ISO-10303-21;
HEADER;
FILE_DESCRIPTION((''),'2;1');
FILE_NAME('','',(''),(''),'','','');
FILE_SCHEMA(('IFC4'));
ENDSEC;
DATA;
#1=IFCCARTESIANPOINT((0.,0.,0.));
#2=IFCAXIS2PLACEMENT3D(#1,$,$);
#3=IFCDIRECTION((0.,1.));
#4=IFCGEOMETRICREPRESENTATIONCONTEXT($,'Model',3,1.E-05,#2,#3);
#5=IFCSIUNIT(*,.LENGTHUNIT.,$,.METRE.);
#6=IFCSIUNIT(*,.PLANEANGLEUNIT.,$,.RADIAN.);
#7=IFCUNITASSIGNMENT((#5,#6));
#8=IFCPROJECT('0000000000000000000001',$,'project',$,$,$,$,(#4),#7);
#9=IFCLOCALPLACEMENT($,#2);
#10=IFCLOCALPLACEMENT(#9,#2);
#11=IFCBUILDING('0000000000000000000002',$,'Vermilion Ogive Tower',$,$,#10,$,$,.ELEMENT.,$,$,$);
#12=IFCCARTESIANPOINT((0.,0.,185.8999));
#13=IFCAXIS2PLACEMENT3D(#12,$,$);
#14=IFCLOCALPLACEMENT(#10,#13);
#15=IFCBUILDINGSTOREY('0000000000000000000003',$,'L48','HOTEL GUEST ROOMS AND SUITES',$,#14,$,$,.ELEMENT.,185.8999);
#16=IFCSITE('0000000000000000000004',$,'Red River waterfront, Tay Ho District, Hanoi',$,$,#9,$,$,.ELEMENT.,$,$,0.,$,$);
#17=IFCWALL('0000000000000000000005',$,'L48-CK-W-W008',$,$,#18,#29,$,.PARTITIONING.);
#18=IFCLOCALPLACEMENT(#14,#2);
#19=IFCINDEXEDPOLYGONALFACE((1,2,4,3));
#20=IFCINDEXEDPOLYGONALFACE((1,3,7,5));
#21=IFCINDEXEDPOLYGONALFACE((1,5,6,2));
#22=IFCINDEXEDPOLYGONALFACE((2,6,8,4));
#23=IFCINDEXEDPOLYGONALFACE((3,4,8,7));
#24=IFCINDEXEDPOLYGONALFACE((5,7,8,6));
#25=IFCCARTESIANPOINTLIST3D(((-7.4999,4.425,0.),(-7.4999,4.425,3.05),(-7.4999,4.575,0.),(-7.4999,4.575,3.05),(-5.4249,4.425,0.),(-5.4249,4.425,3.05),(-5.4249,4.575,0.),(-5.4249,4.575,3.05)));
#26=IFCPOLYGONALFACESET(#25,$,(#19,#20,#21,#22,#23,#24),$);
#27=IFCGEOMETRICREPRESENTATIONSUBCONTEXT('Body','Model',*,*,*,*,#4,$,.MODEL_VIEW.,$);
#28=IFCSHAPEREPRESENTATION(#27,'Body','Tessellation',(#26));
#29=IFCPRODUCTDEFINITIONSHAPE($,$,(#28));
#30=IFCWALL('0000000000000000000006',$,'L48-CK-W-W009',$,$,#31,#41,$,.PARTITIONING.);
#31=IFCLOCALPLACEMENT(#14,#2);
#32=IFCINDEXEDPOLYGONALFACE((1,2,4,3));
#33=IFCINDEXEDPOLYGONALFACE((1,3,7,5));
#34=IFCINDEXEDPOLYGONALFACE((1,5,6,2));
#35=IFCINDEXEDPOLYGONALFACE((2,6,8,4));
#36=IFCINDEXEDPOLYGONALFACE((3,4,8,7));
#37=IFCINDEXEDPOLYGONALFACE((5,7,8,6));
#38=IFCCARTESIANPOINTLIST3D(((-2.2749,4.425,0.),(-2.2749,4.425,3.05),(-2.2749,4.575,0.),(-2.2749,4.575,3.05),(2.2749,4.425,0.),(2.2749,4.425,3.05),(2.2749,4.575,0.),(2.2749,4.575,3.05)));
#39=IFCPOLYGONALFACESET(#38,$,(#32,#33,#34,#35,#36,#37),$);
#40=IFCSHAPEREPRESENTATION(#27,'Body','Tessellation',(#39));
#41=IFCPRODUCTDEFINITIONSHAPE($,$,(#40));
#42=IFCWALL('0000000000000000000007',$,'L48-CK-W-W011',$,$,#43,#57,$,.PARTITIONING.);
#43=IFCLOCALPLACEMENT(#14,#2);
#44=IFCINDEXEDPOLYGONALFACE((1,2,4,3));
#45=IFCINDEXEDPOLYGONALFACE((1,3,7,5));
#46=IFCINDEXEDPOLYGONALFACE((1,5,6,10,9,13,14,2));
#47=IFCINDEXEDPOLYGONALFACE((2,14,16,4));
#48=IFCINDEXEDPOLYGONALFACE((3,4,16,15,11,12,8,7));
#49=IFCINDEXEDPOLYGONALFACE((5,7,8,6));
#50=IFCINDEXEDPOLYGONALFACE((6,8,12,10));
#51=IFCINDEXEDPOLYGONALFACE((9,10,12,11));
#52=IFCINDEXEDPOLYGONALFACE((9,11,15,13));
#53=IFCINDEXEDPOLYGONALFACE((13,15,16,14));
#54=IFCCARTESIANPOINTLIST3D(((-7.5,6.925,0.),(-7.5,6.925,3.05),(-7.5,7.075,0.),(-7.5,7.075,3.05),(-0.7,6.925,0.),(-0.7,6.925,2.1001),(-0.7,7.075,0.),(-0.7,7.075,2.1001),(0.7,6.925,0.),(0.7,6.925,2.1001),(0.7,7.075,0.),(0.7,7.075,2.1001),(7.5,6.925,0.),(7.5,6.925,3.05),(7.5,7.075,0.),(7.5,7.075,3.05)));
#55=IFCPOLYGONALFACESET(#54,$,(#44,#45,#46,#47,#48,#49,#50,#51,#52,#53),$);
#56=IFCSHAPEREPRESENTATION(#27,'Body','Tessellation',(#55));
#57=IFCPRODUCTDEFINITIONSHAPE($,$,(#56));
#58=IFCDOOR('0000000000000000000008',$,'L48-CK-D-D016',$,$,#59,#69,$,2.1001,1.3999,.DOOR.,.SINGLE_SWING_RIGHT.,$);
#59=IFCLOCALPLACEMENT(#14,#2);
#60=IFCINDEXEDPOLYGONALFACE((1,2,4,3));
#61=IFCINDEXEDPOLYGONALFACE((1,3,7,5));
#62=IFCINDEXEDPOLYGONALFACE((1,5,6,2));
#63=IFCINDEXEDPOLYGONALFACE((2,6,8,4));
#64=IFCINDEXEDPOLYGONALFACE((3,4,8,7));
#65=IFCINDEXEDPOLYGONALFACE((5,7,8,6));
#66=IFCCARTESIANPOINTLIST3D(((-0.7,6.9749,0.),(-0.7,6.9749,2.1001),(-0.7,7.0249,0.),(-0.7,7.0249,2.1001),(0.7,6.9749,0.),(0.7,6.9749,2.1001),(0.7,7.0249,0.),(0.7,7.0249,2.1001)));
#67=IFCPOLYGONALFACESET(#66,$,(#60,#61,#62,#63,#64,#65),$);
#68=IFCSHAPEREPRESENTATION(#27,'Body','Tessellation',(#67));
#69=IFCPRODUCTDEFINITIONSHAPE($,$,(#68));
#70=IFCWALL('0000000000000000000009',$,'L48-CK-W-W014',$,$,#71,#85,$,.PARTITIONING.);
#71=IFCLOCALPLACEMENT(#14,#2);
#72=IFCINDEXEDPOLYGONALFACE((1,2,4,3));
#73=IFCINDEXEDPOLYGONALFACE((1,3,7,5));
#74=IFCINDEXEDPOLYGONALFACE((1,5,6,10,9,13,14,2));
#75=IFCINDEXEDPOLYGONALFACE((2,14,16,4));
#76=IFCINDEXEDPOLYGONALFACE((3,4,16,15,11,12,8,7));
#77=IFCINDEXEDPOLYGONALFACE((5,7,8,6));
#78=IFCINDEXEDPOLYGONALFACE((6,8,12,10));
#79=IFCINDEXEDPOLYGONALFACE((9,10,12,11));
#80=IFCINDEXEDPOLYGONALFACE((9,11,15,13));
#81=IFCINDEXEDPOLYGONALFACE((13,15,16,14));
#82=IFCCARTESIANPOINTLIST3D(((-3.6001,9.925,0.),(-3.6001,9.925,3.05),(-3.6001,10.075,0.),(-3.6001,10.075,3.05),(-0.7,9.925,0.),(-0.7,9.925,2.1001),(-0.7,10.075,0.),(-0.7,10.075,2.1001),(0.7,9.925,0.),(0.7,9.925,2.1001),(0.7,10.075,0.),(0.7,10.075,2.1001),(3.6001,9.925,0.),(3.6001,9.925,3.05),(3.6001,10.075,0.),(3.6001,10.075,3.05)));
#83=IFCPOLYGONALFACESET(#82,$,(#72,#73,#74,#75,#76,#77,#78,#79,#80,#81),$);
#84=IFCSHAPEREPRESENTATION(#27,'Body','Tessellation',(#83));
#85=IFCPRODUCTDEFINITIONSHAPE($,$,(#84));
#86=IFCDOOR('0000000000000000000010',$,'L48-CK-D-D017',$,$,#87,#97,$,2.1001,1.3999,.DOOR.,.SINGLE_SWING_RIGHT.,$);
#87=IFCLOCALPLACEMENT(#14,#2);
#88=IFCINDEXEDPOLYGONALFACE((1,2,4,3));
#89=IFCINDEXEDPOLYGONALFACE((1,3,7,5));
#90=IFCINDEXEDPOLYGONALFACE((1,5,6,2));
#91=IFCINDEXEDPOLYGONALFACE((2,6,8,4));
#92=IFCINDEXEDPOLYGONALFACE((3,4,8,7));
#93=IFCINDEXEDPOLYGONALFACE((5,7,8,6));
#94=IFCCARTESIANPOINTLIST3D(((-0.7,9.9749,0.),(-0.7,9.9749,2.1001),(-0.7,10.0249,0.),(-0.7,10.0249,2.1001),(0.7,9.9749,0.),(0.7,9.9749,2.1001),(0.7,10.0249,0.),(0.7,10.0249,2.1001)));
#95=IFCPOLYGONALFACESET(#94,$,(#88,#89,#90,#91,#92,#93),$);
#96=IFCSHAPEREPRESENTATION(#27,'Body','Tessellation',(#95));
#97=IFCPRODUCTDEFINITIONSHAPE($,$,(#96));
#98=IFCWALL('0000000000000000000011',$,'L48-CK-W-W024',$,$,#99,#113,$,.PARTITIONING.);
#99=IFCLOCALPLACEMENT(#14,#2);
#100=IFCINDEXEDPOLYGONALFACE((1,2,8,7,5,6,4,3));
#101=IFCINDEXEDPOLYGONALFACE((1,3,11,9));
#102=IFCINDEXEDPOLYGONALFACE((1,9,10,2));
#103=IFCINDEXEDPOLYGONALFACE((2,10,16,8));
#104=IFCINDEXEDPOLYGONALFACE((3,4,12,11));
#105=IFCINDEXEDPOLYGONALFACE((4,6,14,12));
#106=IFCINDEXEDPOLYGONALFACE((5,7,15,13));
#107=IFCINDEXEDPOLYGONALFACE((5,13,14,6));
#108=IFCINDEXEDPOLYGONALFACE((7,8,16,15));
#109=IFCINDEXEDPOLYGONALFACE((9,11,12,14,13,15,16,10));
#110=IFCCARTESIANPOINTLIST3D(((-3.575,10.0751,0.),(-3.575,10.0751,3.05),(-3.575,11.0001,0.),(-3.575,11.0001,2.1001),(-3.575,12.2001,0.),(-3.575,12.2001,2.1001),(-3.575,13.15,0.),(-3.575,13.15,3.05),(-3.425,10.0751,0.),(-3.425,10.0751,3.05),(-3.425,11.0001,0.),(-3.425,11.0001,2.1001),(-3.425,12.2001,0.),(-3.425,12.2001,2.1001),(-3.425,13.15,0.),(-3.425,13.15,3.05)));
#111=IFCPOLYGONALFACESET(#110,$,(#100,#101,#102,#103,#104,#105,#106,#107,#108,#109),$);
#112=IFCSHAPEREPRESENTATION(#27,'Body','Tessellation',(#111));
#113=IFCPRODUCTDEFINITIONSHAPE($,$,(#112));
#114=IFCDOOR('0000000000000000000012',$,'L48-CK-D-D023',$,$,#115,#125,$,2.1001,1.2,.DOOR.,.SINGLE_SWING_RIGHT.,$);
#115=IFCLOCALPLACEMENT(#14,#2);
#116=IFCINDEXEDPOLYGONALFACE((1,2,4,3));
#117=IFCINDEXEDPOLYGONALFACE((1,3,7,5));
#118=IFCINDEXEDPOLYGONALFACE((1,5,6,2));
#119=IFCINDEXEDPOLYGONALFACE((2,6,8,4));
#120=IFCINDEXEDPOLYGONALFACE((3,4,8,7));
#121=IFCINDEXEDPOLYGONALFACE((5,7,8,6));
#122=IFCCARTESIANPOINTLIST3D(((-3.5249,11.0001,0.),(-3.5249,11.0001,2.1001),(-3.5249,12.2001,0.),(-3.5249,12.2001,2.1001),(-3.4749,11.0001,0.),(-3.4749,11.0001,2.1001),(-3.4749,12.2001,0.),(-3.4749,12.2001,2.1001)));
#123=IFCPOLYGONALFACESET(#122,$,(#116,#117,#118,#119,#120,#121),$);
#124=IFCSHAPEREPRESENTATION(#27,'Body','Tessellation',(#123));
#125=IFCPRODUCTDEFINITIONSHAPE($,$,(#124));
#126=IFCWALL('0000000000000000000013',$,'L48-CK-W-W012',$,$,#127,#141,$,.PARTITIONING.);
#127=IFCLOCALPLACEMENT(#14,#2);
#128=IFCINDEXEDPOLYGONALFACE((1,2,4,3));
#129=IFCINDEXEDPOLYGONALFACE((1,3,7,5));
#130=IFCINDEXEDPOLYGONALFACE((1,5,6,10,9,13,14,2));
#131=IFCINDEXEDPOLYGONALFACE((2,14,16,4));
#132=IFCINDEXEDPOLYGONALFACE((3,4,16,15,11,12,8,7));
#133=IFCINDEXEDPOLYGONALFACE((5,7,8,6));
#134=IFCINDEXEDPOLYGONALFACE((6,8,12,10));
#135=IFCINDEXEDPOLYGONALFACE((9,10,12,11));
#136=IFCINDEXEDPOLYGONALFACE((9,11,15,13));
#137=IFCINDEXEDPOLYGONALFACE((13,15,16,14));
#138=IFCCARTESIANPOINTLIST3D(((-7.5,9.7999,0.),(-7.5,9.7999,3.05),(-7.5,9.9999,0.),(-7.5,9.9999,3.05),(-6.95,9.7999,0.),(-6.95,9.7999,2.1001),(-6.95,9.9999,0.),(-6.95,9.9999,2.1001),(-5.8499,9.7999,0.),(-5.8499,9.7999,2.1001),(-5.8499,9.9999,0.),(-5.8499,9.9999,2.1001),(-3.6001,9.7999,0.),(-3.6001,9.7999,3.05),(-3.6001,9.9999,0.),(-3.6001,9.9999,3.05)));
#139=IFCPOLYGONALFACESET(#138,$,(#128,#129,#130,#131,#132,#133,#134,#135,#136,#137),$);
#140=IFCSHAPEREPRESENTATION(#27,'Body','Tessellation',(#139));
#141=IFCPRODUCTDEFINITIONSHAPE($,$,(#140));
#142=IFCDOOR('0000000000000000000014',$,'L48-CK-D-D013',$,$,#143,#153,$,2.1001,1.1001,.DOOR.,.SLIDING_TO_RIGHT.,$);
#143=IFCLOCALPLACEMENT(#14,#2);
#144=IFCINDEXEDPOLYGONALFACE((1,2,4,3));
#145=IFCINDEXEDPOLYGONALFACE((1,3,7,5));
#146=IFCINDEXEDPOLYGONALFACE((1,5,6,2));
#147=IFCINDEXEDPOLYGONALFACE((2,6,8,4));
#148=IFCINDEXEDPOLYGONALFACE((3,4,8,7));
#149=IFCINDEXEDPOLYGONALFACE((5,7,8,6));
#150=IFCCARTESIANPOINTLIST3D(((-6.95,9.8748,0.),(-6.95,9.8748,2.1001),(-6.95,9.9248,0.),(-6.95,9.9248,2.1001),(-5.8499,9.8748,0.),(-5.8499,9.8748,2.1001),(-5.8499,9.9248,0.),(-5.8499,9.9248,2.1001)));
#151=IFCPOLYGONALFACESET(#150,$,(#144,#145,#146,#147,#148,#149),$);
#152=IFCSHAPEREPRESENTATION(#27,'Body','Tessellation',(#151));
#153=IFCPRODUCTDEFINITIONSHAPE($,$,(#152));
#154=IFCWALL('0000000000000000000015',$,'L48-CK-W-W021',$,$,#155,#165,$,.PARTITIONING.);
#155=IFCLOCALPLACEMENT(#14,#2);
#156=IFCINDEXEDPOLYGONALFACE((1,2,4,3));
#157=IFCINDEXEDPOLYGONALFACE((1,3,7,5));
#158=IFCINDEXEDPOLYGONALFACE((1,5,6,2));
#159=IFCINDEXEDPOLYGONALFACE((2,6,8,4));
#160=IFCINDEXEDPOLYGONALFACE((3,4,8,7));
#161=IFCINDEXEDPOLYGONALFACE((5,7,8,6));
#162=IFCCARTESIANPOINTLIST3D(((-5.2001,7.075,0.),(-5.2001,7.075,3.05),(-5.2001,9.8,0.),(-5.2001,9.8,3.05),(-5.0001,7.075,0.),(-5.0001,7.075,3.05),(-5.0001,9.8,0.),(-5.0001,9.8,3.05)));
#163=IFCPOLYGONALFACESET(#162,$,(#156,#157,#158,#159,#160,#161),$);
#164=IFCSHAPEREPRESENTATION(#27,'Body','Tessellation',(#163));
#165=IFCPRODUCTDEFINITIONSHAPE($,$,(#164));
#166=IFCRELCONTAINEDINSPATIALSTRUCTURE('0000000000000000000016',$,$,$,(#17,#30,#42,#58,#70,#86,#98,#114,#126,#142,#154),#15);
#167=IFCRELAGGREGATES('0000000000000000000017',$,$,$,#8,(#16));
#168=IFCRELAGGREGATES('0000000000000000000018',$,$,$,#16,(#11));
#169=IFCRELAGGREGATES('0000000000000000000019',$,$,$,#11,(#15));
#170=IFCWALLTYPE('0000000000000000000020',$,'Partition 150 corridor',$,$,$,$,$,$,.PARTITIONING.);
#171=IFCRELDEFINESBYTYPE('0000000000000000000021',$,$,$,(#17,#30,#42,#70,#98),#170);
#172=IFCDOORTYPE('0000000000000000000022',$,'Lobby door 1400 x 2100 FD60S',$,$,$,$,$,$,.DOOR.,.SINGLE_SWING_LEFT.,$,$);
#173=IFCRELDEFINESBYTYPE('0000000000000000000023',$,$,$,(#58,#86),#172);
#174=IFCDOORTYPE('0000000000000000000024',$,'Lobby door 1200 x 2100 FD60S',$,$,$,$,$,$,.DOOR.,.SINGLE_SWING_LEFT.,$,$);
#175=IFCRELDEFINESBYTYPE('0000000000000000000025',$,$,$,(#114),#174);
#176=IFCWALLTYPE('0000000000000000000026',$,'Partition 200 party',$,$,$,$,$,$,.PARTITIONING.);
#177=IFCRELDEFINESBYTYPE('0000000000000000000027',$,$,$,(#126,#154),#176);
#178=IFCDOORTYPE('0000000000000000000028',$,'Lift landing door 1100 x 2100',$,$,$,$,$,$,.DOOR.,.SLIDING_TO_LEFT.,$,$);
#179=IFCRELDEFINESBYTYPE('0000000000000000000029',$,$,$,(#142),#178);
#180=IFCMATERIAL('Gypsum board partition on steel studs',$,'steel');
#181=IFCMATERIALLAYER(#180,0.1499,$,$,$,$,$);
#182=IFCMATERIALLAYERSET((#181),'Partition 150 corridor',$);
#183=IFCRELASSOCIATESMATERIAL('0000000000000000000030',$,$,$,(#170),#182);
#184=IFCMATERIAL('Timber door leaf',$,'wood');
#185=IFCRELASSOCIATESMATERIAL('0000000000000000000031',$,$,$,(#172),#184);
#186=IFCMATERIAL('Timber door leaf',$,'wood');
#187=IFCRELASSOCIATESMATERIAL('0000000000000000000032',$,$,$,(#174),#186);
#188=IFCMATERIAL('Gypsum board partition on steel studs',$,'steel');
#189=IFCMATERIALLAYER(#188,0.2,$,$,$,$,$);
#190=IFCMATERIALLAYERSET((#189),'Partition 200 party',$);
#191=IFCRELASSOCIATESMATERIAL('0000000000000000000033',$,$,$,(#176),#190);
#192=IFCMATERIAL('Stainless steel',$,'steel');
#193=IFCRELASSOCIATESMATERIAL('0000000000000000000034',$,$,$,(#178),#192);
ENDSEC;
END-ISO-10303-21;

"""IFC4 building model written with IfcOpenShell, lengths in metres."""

from ifc_helpers import new_model, si_unit, direction, frame, frame_2d, origin, place, context, subcontext, project, spatial, rectangle, extrude, material, layer, layer_set, type_object, element, fill, save


model = new_model("IFC4")

# Units and contexts
model_context = context("Model", 3, precision=1e-05, world=origin(), true_north=direction((0.0, 1.0)))
body_context = subcontext(model_context, "Body", "Model", "MODEL_VIEW")
ifc_project = project(units=[si_unit("LENGTHUNIT", "METRE"), si_unit("PLANEANGLEUNIT", "RADIAN")], contexts=[model_context])

# Site, building, storey
site_placement = place(None, origin())
site = spatial("IfcSite", under=ifc_project, at=site_placement, Name="Red River waterfront, Tay Ho District, Hanoi", CompositionType="ELEMENT", RefElevation=0.0)
building_placement = place(site_placement, origin())
building = spatial("IfcBuilding", under=site, at=building_placement, Name="Vermilion Ogive Tower", CompositionType="ELEMENT")
storey_placement = place(building_placement, frame((0.0, 0.0, 185.8999)))
storey = spatial("IfcBuildingStorey", under=building, at=storey_placement, Name="L48", Description="HOTEL GUEST ROOMS AND SUITES", CompositionType="ELEMENT", Elevation=185.8999)

# Walls
ifc_material_1 = material(Name="Gypsum board partition on steel studs", Category="steel")
ifc_layer_1 = layer(ifc_material_1, 0.1499)
ifc_layer_set_1 = layer_set([ifc_layer_1], Name="Partition 150 corridor")
wall_type_1 = type_object("IfcWallType", Name="Partition 150 corridor", PredefinedType="PARTITIONING", material=ifc_layer_set_1)
wall_1_placement = place(storey_placement, frame((-7.5, 4.5, 0.0), z_axis=(0.0, 0.0, 1.0), x_axis=(1.0, 0.0, 0.0)))
element("IfcWall", 1, at=wall_1_placement, inside=storey, type_object=wall_type_1, Name="L48-CK-W-W008", PredefinedType="PARTITIONING", context=body_context, shape_type="SweptSolid", body=[
    extrude(rectangle(XDim=2.075, YDim=0.1499, at=frame_2d((1.0376, 0.0))), origin(), (0.0, 0.0, 1.0), 3.05),
])
wall_2_placement = place(storey_placement, frame((-2.2749, 4.5, 0.0), z_axis=(0.0, 0.0, 1.0), x_axis=(1.0, 0.0, 0.0)))
element("IfcWall", 2, at=wall_2_placement, inside=storey, type_object=wall_type_1, Name="L48-CK-W-W009", PredefinedType="PARTITIONING", context=body_context, shape_type="SweptSolid", body=[
    extrude(rectangle(XDim=4.5498, YDim=0.1499, at=frame_2d((2.2749, 0.0))), origin(), (0.0, 0.0, 1.0), 3.05),
])

# Walls, openings, doors
wall_3_placement = place(storey_placement, frame((-7.5, 7.0, 0.0), z_axis=(0.0, 0.0, 1.0), x_axis=(1.0, 0.0, 0.0)))
wall_3 = element("IfcWall", 3, at=wall_3_placement, inside=storey, type_object=wall_type_1, Name="L48-CK-W-W011", PredefinedType="PARTITIONING", context=body_context, shape_type="SweptSolid", body=[
    extrude(rectangle(XDim=15.0, YDim=0.1499, at=frame_2d((7.5, 0.0))), origin(), (0.0, 0.0, 1.0), 3.05),
])
opening_1_placement = place(wall_3_placement, frame((6.8, 0.0, 0.0)))
opening_1 = element("IfcOpeningElement", 4, at=opening_1_placement, cuts=wall_3, PredefinedType="OPENING", context=body_context, shape_type="SweptSolid", body=[
    extrude(rectangle(XDim=1.3999, YDim=2.1001, at=frame_2d((0.7, 1.05))), frame((0.0, 0.085, 0.0), z_axis=(0.0, -1.0, 0.0), x_axis=(1.0, 0.0, 0.0)), (0.0, 0.0, 1.0), 0.1699),
])
ifc_material_2 = material(Name="Timber door leaf", Category="wood")
door_type_1 = type_object("IfcDoorType", Name="Lobby door 1400 x 2100 FD60S", OperationType="SINGLE_SWING_LEFT", PredefinedType="DOOR", material=ifc_material_2)
door_1_placement = place(opening_1_placement, origin())
door_1 = element("IfcDoor", 5, at=door_1_placement, inside=storey, type_object=door_type_1, Name="L48-CK-D-D016", OperationType="SINGLE_SWING_RIGHT", OverallHeight=2.1001, OverallWidth=1.3999, PredefinedType="DOOR", context=body_context, shape_type="SweptSolid", body=[
    extrude(rectangle(XDim=1.3999, YDim=2.1001, at=frame_2d((0.7, 1.05))), frame((0.0, 0.0249, 0.0), z_axis=(0.0, -1.0, 0.0), x_axis=(1.0, 0.0, 0.0)), (0.0, 0.0, 1.0), 0.05),
])
fill(opening_1, door_1)
wall_4_placement = place(storey_placement, frame((-3.6001, 10.0, 0.0), z_axis=(0.0, 0.0, 1.0), x_axis=(1.0, 0.0, 0.0)))
wall_4 = element("IfcWall", 6, at=wall_4_placement, inside=storey, type_object=wall_type_1, Name="L48-CK-W-W014", PredefinedType="PARTITIONING", context=body_context, shape_type="SweptSolid", body=[
    extrude(rectangle(XDim=7.2002, YDim=0.1499, at=frame_2d((3.6001, 0.0))), origin(), (0.0, 0.0, 1.0), 3.05),
])
opening_2_placement = place(wall_4_placement, frame((2.9001, 0.0, 0.0)))
opening_2 = element("IfcOpeningElement", 7, at=opening_2_placement, cuts=wall_4, PredefinedType="OPENING", context=body_context, shape_type="SweptSolid", body=[
    extrude(rectangle(XDim=1.3999, YDim=2.1001, at=frame_2d((0.7, 1.05))), frame((0.0, 0.085, 0.0), z_axis=(0.0, -1.0, 0.0), x_axis=(1.0, 0.0, 0.0)), (0.0, 0.0, 1.0), 0.1699),
])
door_2_placement = place(opening_2_placement, origin())
door_2 = element("IfcDoor", 8, at=door_2_placement, inside=storey, type_object=door_type_1, Name="L48-CK-D-D017", OperationType="SINGLE_SWING_RIGHT", OverallHeight=2.1001, OverallWidth=1.3999, PredefinedType="DOOR", context=body_context, shape_type="SweptSolid", body=[
    extrude(rectangle(XDim=1.3999, YDim=2.1001, at=frame_2d((0.7, 1.05))), frame((0.0, 0.0249, 0.0), z_axis=(0.0, -1.0, 0.0), x_axis=(1.0, 0.0, 0.0)), (0.0, 0.0, 1.0), 0.05),
])
fill(opening_2, door_2)
wall_5_placement = place(storey_placement, frame((-3.5, 10.075, 0.0), z_axis=(0.0, 0.0, 1.0), x_axis=(0.0, 1.0, 0.0)))
wall_5 = element("IfcWall", 9, at=wall_5_placement, inside=storey, type_object=wall_type_1, Name="L48-CK-W-W024", PredefinedType="PARTITIONING", context=body_context, shape_type="SweptSolid", body=[
    extrude(rectangle(XDim=3.075, YDim=0.1499, at=frame_2d((1.5376, 0.0))), origin(), (0.0, 0.0, 1.0), 3.05),
])
opening_3_placement = place(wall_5_placement, frame((0.925, 0.0, 0.0)))
opening_3 = element("IfcOpeningElement", 10, at=opening_3_placement, cuts=wall_5, PredefinedType="OPENING", context=body_context, shape_type="SweptSolid", body=[
    extrude(rectangle(XDim=1.2, YDim=2.1001, at=frame_2d((0.6001, 1.05))), frame((0.0, 0.085, 0.0), z_axis=(0.0, -1.0, 0.0), x_axis=(1.0, 0.0, 0.0)), (0.0, 0.0, 1.0), 0.1699),
])
ifc_material_3 = material(Name="Timber door leaf", Category="wood")
door_type_2 = type_object("IfcDoorType", Name="Lobby door 1200 x 2100 FD60S", OperationType="SINGLE_SWING_LEFT", PredefinedType="DOOR", material=ifc_material_3)
door_3_placement = place(opening_3_placement, origin())
door_3 = element("IfcDoor", 11, at=door_3_placement, inside=storey, type_object=door_type_2, Name="L48-CK-D-D023", OperationType="SINGLE_SWING_RIGHT", OverallHeight=2.1001, OverallWidth=1.2, PredefinedType="DOOR", context=body_context, shape_type="SweptSolid", body=[
    extrude(rectangle(XDim=1.2, YDim=2.1001, at=frame_2d((0.6001, 1.05))), frame((0.0, 0.0249, 0.0), z_axis=(0.0, -1.0, 0.0), x_axis=(1.0, 0.0, 0.0)), (0.0, 0.0, 1.0), 0.05),
])
fill(opening_3, door_3)
ifc_material_4 = material(Name="Gypsum board partition on steel studs", Category="steel")
ifc_layer_2 = layer(ifc_material_4, 0.2)
ifc_layer_set_2 = layer_set([ifc_layer_2], Name="Partition 200 party")
wall_type_2 = type_object("IfcWallType", Name="Partition 200 party", PredefinedType="PARTITIONING", material=ifc_layer_set_2)
wall_6_placement = place(storey_placement, frame((-7.5, 9.8999, 0.0), z_axis=(0.0, 0.0, 1.0), x_axis=(1.0, 0.0, 0.0)))
wall_6 = element("IfcWall", 12, at=wall_6_placement, inside=storey, type_object=wall_type_2, Name="L48-CK-W-W012", PredefinedType="PARTITIONING", context=body_context, shape_type="SweptSolid", body=[
    extrude(rectangle(XDim=3.8999, YDim=0.2, at=frame_2d((1.95, 0.0))), origin(), (0.0, 0.0, 1.0), 3.05),
])
opening_4_placement = place(wall_6_placement, frame((0.55, 0.0, 0.0)))
opening_4 = element("IfcOpeningElement", 13, at=opening_4_placement, cuts=wall_6, PredefinedType="OPENING", context=body_context, shape_type="SweptSolid", body=[
    extrude(rectangle(XDim=1.1001, YDim=2.1001, at=frame_2d((0.55, 1.05))), frame((0.0, 0.1099, 0.0), z_axis=(0.0, -1.0, 0.0), x_axis=(1.0, 0.0, 0.0)), (0.0, 0.0, 1.0), 0.22),
])
ifc_material_5 = material(Name="Stainless steel", Category="steel")
door_type_3 = type_object("IfcDoorType", Name="Lift landing door 1100 x 2100", OperationType="SLIDING_TO_LEFT", PredefinedType="DOOR", material=ifc_material_5)
door_4_placement = place(opening_4_placement, origin())
door_4 = element("IfcDoor", 14, at=door_4_placement, inside=storey, type_object=door_type_3, Name="L48-CK-D-D013", OperationType="SLIDING_TO_RIGHT", OverallHeight=2.1001, OverallWidth=1.1001, PredefinedType="DOOR", context=body_context, shape_type="SweptSolid", body=[
    extrude(rectangle(XDim=1.1001, YDim=2.1001, at=frame_2d((0.55, 1.05))), frame((0.0, 0.0249, 0.0), z_axis=(0.0, -1.0, 0.0), x_axis=(1.0, 0.0, 0.0)), (0.0, 0.0, 1.0), 0.05),
])
fill(opening_4, door_4)

# Wall
wall_7_placement = place(storey_placement, frame((-5.1001, 7.075, 0.0), z_axis=(0.0, 0.0, 1.0), x_axis=(0.0, 1.0, 0.0)))
element("IfcWall", 15, at=wall_7_placement, inside=storey, type_object=wall_type_2, Name="L48-CK-W-W021", PredefinedType="PARTITIONING", context=body_context, shape_type="SweptSolid", body=[
    extrude(rectangle(XDim=2.7251, YDim=0.2, at=frame_2d((1.3625, 0.0))), origin(), (0.0, 0.0, 1.0), 3.05),
])

save(model, "model.ifc")
